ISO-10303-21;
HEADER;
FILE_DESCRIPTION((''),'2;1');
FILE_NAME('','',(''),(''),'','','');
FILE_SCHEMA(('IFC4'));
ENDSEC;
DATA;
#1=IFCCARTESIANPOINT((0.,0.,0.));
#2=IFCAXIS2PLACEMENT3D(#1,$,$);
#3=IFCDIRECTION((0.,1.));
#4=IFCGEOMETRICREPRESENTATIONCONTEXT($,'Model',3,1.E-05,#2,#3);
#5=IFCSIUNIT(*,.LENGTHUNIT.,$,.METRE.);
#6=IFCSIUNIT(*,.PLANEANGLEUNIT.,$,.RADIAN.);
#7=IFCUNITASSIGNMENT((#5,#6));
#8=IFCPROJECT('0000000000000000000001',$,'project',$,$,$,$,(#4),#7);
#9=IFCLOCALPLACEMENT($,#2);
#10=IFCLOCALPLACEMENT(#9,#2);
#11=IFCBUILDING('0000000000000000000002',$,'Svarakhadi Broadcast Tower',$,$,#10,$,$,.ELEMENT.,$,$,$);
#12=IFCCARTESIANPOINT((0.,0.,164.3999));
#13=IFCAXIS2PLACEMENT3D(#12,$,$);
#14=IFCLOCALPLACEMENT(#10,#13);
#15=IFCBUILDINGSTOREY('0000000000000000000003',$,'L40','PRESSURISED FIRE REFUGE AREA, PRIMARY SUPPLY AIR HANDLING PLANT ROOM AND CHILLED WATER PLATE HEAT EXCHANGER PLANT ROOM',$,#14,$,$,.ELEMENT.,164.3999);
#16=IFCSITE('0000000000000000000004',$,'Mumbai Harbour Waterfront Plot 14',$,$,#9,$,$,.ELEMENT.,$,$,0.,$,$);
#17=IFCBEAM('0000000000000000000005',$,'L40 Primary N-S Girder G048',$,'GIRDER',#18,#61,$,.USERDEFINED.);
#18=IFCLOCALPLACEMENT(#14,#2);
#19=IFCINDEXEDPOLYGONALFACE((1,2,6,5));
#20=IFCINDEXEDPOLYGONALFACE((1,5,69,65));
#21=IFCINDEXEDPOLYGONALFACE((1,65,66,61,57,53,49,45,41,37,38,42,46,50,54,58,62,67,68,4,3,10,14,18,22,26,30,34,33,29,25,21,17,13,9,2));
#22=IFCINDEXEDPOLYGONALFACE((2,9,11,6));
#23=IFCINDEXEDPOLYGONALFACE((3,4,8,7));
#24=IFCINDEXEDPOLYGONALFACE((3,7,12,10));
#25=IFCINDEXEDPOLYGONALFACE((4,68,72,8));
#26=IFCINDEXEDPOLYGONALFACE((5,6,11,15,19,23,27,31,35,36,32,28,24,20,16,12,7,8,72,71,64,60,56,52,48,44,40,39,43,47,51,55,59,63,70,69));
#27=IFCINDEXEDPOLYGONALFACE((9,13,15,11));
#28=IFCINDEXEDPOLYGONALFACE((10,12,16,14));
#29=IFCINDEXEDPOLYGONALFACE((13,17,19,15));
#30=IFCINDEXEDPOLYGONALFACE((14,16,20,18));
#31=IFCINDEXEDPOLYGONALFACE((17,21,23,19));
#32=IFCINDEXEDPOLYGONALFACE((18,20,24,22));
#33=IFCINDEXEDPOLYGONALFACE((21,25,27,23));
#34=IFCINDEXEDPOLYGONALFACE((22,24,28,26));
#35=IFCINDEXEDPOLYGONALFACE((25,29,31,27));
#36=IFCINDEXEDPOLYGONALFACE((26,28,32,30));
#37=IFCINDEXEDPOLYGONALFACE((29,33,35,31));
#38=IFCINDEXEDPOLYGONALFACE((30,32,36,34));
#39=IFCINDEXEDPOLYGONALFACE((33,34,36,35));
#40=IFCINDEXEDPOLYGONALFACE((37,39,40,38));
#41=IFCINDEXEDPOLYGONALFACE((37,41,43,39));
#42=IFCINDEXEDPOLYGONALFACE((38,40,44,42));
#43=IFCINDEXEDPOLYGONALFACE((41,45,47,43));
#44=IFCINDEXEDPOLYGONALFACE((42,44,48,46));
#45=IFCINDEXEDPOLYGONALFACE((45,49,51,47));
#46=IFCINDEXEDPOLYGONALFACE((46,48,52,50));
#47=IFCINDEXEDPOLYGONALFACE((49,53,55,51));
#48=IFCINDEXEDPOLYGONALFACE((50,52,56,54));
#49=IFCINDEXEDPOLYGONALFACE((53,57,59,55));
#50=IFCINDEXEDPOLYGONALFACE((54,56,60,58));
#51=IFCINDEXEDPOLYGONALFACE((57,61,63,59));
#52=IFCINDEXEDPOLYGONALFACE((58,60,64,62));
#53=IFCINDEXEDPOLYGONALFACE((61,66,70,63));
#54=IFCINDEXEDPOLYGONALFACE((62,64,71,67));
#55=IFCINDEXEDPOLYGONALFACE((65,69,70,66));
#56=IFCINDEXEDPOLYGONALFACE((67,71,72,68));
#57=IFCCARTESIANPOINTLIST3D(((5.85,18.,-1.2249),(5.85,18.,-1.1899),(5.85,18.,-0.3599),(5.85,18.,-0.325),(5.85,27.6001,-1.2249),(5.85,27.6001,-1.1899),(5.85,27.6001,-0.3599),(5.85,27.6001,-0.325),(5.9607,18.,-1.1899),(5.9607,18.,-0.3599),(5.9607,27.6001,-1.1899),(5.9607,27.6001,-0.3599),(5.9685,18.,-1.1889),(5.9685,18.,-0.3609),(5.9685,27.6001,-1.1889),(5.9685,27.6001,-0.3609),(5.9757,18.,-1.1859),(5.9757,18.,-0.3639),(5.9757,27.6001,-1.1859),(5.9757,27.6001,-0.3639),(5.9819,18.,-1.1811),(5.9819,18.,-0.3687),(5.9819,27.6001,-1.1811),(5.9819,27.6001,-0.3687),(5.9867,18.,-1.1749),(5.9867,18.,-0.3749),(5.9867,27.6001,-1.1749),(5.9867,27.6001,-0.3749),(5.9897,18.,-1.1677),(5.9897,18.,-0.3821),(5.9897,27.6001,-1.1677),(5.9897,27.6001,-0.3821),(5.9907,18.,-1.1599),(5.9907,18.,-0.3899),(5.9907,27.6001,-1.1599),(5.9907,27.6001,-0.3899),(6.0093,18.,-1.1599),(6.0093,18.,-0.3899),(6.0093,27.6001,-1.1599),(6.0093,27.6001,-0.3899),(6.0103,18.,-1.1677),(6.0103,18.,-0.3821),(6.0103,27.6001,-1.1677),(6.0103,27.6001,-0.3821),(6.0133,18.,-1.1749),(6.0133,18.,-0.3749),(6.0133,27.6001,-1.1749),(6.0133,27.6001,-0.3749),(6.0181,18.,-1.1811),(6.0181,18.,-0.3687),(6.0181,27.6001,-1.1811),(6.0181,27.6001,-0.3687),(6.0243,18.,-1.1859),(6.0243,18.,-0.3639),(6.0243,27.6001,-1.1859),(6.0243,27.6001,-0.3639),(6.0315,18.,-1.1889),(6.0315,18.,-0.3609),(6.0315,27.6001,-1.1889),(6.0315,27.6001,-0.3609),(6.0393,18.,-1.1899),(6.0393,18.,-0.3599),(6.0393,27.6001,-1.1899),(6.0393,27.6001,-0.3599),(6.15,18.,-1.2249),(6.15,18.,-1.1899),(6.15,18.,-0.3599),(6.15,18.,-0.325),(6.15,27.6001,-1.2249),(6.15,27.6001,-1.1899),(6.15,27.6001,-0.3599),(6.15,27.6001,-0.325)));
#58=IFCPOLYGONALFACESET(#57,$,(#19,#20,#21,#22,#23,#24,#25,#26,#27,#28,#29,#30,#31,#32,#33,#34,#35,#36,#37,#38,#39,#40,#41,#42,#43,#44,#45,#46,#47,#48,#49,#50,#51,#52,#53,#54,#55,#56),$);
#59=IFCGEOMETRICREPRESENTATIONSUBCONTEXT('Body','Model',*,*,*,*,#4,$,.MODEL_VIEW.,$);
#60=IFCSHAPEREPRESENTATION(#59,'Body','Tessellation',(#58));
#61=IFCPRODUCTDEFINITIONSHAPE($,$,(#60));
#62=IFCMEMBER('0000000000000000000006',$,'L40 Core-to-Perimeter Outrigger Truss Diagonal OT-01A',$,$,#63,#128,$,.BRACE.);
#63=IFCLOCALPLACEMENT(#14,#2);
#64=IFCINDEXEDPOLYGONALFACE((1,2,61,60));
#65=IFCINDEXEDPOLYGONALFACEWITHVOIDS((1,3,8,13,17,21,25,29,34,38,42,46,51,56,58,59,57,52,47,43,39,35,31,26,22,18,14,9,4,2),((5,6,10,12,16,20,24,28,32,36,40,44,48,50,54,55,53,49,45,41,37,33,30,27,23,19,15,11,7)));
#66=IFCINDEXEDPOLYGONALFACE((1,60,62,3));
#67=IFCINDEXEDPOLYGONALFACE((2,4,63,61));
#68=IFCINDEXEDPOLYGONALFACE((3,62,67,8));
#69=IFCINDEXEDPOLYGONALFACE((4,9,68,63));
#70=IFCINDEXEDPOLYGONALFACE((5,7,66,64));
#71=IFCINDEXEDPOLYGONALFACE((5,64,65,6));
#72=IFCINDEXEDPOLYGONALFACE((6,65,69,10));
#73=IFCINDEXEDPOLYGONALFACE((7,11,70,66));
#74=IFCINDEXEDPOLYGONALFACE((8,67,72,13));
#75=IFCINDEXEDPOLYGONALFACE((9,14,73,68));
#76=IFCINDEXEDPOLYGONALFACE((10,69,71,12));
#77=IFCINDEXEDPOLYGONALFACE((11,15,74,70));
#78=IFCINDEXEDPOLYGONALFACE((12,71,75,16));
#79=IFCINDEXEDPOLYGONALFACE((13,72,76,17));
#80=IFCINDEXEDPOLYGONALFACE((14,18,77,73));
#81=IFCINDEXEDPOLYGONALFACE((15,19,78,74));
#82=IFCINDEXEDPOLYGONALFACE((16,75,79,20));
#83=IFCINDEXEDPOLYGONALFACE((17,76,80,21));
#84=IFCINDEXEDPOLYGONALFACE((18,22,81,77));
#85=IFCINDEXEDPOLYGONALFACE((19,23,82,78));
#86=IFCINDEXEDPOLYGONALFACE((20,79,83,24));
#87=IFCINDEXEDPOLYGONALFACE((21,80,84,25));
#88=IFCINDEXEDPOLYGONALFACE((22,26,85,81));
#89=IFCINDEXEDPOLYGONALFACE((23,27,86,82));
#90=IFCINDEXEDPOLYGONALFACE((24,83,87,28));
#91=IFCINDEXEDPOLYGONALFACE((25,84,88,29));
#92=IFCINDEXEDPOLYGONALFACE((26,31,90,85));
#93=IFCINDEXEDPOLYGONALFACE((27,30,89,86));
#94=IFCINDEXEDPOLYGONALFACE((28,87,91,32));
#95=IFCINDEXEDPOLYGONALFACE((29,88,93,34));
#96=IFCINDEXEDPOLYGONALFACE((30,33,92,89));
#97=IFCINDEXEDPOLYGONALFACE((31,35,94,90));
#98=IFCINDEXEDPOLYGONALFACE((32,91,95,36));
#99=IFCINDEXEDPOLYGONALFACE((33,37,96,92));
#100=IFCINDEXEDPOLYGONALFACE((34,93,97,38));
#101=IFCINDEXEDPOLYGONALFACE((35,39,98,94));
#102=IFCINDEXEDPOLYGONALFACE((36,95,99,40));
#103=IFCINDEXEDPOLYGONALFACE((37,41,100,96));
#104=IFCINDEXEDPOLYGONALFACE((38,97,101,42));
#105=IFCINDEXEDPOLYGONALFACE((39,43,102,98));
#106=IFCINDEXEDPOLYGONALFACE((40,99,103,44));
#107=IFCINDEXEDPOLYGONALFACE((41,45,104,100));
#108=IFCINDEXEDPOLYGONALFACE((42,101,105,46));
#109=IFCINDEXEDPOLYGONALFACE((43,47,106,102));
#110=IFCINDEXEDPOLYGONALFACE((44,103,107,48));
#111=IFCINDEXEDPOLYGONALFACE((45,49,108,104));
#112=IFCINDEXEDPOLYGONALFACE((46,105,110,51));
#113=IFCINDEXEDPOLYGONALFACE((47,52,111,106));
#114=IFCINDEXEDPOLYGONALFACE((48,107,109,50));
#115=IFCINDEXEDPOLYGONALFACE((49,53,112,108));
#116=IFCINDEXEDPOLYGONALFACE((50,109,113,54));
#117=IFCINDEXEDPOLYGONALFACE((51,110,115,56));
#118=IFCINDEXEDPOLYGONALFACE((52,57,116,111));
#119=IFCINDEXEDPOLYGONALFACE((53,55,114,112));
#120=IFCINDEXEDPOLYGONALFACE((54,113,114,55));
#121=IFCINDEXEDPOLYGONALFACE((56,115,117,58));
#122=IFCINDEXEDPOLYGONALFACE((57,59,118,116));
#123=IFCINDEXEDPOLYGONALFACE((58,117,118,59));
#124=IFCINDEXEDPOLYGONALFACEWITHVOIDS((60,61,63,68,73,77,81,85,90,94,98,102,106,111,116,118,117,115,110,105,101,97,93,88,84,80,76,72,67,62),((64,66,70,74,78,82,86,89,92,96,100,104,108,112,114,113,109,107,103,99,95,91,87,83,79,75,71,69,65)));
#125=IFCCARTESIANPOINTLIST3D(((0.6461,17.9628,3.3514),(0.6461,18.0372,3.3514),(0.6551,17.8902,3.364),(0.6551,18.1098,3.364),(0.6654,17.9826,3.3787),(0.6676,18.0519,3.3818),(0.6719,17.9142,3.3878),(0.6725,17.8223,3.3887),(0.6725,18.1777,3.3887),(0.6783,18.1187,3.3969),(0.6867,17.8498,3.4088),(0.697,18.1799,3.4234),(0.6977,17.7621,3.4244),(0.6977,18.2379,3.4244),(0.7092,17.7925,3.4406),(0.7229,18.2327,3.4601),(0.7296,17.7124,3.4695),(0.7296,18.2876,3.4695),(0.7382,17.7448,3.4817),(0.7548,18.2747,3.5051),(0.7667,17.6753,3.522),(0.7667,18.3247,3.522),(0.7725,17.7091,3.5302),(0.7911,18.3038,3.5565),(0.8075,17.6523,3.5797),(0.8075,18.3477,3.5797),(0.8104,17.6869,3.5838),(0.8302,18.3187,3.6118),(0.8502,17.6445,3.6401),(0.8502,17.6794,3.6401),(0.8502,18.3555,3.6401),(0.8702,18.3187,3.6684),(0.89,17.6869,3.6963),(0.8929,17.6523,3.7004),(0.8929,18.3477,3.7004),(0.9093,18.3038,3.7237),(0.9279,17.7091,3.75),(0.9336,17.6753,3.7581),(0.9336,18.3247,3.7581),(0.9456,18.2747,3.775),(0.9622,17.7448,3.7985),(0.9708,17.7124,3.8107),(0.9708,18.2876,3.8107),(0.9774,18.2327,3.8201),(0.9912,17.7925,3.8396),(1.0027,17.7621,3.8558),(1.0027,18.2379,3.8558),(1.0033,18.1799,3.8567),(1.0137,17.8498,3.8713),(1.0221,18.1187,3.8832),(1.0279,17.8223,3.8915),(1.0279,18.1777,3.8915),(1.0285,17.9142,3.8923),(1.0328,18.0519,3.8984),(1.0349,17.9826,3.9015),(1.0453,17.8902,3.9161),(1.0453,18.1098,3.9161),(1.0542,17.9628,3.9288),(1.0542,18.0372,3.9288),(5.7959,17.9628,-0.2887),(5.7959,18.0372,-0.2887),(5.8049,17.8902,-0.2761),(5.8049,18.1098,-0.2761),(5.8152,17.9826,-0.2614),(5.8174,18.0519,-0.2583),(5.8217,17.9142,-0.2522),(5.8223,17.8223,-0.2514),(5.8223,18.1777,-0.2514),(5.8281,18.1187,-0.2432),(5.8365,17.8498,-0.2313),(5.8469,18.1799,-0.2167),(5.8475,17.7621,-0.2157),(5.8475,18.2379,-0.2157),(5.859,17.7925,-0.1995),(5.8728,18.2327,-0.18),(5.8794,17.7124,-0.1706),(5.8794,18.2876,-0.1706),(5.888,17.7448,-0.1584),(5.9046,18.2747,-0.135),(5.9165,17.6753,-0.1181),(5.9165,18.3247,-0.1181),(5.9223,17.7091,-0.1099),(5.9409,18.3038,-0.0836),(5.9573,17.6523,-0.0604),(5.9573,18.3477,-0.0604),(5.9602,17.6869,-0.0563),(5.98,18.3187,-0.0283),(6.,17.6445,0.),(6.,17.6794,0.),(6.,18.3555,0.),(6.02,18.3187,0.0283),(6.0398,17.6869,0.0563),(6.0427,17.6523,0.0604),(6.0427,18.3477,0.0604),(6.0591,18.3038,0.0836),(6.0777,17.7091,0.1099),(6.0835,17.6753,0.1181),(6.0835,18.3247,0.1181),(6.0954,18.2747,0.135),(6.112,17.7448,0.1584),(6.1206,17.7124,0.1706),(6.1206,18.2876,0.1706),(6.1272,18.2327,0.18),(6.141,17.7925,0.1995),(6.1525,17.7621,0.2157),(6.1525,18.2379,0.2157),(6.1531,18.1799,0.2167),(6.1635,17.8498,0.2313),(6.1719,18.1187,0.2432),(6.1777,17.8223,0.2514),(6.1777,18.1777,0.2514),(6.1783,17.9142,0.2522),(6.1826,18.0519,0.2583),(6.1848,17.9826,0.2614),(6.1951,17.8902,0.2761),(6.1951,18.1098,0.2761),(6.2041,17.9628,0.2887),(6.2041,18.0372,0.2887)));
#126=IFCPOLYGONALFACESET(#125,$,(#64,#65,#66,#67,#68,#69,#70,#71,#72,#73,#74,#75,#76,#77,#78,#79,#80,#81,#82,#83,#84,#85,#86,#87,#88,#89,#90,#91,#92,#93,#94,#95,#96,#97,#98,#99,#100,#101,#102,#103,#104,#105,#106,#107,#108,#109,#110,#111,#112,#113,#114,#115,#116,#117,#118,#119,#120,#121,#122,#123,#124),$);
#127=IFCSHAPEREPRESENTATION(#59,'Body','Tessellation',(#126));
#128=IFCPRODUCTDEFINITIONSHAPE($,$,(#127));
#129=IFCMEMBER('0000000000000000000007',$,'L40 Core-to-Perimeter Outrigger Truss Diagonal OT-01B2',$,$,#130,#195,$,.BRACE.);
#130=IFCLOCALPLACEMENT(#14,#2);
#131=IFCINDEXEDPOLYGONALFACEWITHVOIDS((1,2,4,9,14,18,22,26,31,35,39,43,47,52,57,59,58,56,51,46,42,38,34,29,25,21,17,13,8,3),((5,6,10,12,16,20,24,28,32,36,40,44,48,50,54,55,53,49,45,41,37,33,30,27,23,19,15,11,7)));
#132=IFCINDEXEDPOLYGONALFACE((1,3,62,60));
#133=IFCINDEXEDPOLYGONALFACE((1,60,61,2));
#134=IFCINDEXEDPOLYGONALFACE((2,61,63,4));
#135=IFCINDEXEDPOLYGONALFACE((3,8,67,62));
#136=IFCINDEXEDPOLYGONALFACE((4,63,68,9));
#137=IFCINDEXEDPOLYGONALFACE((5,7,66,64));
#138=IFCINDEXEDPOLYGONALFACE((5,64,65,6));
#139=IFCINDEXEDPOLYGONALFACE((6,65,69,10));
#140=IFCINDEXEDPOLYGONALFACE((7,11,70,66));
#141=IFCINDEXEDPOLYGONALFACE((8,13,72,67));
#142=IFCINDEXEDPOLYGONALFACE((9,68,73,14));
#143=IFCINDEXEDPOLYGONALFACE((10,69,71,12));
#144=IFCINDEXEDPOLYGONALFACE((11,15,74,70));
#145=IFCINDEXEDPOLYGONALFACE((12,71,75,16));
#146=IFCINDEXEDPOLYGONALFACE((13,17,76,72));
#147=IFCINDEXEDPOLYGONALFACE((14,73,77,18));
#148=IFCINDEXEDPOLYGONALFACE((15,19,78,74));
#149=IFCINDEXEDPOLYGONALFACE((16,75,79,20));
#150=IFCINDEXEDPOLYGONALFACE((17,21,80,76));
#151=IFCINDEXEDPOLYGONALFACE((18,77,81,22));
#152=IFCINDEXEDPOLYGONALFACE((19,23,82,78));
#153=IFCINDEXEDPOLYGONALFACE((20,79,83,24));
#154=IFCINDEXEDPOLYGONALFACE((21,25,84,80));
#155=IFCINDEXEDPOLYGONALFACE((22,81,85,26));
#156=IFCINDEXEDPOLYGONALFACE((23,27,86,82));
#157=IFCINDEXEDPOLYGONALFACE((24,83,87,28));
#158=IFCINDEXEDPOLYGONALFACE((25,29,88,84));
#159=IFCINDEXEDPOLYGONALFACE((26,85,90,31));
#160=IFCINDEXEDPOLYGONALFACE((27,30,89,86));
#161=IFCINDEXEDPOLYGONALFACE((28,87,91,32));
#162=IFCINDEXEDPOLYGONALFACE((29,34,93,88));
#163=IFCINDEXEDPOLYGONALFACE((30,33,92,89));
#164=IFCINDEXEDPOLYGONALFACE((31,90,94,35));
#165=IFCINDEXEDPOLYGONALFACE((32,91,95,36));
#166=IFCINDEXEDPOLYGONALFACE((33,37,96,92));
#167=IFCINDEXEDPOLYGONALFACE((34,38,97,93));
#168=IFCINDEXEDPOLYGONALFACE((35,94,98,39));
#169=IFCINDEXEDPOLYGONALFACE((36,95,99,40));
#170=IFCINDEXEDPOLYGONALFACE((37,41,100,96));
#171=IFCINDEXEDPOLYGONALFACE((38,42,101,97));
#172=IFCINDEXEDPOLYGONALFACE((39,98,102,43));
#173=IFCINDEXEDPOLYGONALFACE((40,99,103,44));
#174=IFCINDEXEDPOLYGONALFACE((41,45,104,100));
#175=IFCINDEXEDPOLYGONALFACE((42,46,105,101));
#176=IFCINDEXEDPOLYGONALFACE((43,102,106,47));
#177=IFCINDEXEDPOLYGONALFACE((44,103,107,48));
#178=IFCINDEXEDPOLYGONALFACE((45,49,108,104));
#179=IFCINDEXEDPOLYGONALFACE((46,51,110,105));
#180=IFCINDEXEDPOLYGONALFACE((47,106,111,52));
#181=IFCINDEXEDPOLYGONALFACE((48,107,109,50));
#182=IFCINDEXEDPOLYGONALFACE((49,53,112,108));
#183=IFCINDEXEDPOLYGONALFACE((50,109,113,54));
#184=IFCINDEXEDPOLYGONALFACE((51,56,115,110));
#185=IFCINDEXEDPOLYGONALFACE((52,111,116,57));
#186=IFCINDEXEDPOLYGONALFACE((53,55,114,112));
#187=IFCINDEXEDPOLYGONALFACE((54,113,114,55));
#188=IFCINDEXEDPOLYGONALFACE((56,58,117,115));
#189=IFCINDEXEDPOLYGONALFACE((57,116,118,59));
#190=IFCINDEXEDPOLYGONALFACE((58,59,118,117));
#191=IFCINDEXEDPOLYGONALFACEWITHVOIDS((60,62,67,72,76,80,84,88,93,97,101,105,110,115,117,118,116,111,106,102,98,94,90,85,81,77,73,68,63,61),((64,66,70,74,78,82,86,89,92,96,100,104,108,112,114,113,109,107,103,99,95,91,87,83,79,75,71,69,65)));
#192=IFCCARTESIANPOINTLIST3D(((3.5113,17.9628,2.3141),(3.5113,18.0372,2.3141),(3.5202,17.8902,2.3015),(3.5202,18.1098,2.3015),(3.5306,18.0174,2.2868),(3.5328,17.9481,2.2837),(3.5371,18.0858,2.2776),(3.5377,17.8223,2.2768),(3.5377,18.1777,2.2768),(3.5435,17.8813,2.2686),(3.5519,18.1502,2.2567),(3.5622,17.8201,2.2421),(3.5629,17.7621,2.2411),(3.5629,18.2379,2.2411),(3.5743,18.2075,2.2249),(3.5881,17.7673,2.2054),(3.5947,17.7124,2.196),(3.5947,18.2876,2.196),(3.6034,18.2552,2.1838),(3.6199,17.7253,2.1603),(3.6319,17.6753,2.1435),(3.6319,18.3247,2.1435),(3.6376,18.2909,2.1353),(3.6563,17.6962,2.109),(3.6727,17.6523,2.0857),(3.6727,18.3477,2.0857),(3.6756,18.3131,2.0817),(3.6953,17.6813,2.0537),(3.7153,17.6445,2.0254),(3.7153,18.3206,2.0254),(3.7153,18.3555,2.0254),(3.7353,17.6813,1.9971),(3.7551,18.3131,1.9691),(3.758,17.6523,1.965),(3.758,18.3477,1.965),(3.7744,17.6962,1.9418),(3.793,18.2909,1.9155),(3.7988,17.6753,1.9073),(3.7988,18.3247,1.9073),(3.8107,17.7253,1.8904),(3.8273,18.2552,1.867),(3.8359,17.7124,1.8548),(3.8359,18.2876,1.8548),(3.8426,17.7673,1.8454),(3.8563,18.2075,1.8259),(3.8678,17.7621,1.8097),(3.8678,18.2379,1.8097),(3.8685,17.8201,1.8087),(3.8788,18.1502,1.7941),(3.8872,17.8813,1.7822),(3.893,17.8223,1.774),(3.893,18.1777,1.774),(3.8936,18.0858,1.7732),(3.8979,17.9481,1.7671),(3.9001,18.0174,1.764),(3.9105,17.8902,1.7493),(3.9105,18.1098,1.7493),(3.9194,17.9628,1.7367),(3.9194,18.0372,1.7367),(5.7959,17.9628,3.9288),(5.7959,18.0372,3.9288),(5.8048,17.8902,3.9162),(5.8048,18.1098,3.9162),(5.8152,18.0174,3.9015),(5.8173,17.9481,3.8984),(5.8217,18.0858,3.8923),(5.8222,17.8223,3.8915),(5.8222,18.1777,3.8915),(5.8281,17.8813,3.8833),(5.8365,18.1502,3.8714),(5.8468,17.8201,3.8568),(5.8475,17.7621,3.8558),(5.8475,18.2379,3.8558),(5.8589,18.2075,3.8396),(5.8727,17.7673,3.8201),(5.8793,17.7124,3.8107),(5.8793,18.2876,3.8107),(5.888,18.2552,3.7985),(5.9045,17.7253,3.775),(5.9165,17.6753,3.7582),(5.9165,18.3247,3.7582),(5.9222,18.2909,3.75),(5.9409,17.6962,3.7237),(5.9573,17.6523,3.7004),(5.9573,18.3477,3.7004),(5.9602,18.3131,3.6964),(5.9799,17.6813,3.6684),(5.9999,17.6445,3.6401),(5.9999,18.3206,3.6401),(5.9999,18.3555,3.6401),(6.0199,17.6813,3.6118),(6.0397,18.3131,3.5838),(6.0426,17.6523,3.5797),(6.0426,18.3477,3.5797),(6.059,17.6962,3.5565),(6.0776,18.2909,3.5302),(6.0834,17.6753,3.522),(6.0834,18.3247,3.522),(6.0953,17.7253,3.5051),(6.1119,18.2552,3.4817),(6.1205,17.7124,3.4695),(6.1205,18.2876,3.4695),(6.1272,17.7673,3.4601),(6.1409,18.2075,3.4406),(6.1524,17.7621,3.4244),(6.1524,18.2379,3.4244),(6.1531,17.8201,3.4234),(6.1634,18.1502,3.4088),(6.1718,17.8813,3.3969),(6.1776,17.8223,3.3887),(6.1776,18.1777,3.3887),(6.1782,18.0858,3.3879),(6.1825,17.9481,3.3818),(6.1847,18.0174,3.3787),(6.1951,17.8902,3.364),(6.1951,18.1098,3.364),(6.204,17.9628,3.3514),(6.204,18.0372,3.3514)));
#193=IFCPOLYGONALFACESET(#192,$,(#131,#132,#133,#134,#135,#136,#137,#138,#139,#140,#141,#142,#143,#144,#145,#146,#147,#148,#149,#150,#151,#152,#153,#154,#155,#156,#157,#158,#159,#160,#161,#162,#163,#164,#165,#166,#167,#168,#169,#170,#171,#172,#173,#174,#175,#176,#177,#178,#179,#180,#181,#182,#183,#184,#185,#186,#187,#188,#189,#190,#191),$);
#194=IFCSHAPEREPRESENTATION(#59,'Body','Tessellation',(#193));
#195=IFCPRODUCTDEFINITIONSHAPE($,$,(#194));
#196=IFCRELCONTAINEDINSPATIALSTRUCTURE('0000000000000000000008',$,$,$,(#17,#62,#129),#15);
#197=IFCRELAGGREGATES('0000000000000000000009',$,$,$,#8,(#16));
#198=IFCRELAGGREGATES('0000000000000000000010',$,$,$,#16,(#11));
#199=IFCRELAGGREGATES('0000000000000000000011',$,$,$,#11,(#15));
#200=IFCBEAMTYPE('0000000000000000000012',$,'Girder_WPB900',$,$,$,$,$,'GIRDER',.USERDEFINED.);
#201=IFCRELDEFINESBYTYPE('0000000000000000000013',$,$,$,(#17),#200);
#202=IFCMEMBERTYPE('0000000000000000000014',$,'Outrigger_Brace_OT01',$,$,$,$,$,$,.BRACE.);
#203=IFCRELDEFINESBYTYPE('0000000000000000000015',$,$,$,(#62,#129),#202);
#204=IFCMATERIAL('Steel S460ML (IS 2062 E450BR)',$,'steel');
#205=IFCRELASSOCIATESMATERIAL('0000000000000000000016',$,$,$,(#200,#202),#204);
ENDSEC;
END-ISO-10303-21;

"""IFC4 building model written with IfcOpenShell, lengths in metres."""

from ifc_helpers import new_model, si_unit, direction, frame, origin, origin_2d, place, context, subcontext, project, spatial, hollow_circle, i_section, extrude, material, material_profile, profile_set, type_object, element, save


model = new_model("IFC4")

# Units and contexts
model_context = context("Model", 3, precision=1e-05, world=origin(), true_north=direction((0.0, 1.0)))
body_context = subcontext(model_context, "Body", "Model", "MODEL_VIEW")
ifc_project = project(units=[si_unit("LENGTHUNIT", "METRE"), si_unit("PLANEANGLEUNIT", "RADIAN")], contexts=[model_context])

# Site, building, storey
site_placement = place(None, origin())
site = spatial("IfcSite", under=ifc_project, at=site_placement, Name="Mumbai Harbour Waterfront Plot 14", CompositionType="ELEMENT", RefElevation=0.0)
building_placement = place(site_placement, origin())
building = spatial("IfcBuilding", under=site, at=building_placement, Name="Svarakhadi Broadcast Tower", CompositionType="ELEMENT")
storey_placement = place(building_placement, frame((0.0, 0.0, 164.3999)))
storey = spatial("IfcBuildingStorey", under=building, at=storey_placement, Name="L40", Description="PRESSURISED FIRE REFUGE AREA, PRIMARY SUPPLY AIR HANDLING PLANT ROOM AND CHILLED WATER PLATE HEAT EXCHANGER PLANT ROOM", CompositionType="ELEMENT", Elevation=164.3999)

# Shared definitions
ifc_material_1 = material(Name="Steel S460ML (IS 2062 E450BR)", Category="steel")

# Beam
ifc_material_profile_1 = material_profile(ifc_material_1, i_section(OverallWidth=0.3, OverallDepth=0.8999, WebThickness=0.0186, FlangeThickness=0.0349, FilletRadius=0.03, at=origin_2d()), Name="WPB 900x300x291")
ifc_profile_set_1 = profile_set([ifc_material_profile_1], Name="Steel S460ML (IS 2062 E450BR)")
beam_type_1 = type_object("IfcBeamType", Name="Girder_WPB900", ElementType="GIRDER", PredefinedType="USERDEFINED", material=ifc_profile_set_1)
beam_placement = place(storey_placement, frame((6.0, 18.0, -0.7749), z_axis=(0.0, 1.0, 0.0), x_axis=(-1.0, 0.0, 0.0)))
element("IfcBeam", 1, at=beam_placement, inside=storey, type_object=beam_type_1, Name="L40 Primary N-S Girder G048", ObjectType="GIRDER", PredefinedType="USERDEFINED", context=body_context, shape_type="SweptSolid", body=[
    extrude(i_section(OverallWidth=0.3, OverallDepth=0.8999, WebThickness=0.0186, FlangeThickness=0.0349, FilletRadius=0.03, at=origin_2d()), origin(), (0.0, 0.0, 1.0), 9.6001),
])

# Members
ifc_material_profile_2 = material_profile(ifc_material_1, hollow_circle(Radius=0.3555, WallThickness=0.0349, at=origin_2d()), Name="CHS 711x35")
ifc_profile_set_2 = profile_set([ifc_material_profile_2], Name="Steel S460ML (IS 2062 E450BR)")
member_type_1 = type_object("IfcMemberType", Name="Outrigger_Brace_OT01", PredefinedType="BRACE", material=ifc_profile_set_2)
member_1_placement = place(storey_placement, frame((6.0, 18.0, 0.0), z_axis=(-0.816601, 0.0, 0.577203), x_axis=(0.0, -1.0, 0.0)))
element("IfcMember", 2, at=member_1_placement, inside=storey, type_object=member_type_1, Name="L40 Core-to-Perimeter Outrigger Truss Diagonal OT-01A", PredefinedType="BRACE", context=body_context, shape_type="SweptSolid", body=[
    extrude(hollow_circle(Radius=0.3555, WallThickness=0.0349, at=origin_2d()), origin(), (0.0, 0.0, 1.0), 6.3064),
])
member_2_placement = place(storey_placement, frame((3.7153, 18.0, 2.0254), z_axis=(0.816624, 0.0, 0.57717), x_axis=(0.0, 1.0, 0.0)))
element("IfcMember", 3, at=member_2_placement, inside=storey, type_object=member_type_1, Name="L40 Core-to-Perimeter Outrigger Truss Diagonal OT-01B2", PredefinedType="BRACE", context=body_context, shape_type="SweptSolid", body=[
    extrude(hollow_circle(Radius=0.3555, WallThickness=0.0349, at=origin_2d()), origin(), (0.0, 0.0, 1.0), 2.7976),
])

save(model, "model.ifc")
